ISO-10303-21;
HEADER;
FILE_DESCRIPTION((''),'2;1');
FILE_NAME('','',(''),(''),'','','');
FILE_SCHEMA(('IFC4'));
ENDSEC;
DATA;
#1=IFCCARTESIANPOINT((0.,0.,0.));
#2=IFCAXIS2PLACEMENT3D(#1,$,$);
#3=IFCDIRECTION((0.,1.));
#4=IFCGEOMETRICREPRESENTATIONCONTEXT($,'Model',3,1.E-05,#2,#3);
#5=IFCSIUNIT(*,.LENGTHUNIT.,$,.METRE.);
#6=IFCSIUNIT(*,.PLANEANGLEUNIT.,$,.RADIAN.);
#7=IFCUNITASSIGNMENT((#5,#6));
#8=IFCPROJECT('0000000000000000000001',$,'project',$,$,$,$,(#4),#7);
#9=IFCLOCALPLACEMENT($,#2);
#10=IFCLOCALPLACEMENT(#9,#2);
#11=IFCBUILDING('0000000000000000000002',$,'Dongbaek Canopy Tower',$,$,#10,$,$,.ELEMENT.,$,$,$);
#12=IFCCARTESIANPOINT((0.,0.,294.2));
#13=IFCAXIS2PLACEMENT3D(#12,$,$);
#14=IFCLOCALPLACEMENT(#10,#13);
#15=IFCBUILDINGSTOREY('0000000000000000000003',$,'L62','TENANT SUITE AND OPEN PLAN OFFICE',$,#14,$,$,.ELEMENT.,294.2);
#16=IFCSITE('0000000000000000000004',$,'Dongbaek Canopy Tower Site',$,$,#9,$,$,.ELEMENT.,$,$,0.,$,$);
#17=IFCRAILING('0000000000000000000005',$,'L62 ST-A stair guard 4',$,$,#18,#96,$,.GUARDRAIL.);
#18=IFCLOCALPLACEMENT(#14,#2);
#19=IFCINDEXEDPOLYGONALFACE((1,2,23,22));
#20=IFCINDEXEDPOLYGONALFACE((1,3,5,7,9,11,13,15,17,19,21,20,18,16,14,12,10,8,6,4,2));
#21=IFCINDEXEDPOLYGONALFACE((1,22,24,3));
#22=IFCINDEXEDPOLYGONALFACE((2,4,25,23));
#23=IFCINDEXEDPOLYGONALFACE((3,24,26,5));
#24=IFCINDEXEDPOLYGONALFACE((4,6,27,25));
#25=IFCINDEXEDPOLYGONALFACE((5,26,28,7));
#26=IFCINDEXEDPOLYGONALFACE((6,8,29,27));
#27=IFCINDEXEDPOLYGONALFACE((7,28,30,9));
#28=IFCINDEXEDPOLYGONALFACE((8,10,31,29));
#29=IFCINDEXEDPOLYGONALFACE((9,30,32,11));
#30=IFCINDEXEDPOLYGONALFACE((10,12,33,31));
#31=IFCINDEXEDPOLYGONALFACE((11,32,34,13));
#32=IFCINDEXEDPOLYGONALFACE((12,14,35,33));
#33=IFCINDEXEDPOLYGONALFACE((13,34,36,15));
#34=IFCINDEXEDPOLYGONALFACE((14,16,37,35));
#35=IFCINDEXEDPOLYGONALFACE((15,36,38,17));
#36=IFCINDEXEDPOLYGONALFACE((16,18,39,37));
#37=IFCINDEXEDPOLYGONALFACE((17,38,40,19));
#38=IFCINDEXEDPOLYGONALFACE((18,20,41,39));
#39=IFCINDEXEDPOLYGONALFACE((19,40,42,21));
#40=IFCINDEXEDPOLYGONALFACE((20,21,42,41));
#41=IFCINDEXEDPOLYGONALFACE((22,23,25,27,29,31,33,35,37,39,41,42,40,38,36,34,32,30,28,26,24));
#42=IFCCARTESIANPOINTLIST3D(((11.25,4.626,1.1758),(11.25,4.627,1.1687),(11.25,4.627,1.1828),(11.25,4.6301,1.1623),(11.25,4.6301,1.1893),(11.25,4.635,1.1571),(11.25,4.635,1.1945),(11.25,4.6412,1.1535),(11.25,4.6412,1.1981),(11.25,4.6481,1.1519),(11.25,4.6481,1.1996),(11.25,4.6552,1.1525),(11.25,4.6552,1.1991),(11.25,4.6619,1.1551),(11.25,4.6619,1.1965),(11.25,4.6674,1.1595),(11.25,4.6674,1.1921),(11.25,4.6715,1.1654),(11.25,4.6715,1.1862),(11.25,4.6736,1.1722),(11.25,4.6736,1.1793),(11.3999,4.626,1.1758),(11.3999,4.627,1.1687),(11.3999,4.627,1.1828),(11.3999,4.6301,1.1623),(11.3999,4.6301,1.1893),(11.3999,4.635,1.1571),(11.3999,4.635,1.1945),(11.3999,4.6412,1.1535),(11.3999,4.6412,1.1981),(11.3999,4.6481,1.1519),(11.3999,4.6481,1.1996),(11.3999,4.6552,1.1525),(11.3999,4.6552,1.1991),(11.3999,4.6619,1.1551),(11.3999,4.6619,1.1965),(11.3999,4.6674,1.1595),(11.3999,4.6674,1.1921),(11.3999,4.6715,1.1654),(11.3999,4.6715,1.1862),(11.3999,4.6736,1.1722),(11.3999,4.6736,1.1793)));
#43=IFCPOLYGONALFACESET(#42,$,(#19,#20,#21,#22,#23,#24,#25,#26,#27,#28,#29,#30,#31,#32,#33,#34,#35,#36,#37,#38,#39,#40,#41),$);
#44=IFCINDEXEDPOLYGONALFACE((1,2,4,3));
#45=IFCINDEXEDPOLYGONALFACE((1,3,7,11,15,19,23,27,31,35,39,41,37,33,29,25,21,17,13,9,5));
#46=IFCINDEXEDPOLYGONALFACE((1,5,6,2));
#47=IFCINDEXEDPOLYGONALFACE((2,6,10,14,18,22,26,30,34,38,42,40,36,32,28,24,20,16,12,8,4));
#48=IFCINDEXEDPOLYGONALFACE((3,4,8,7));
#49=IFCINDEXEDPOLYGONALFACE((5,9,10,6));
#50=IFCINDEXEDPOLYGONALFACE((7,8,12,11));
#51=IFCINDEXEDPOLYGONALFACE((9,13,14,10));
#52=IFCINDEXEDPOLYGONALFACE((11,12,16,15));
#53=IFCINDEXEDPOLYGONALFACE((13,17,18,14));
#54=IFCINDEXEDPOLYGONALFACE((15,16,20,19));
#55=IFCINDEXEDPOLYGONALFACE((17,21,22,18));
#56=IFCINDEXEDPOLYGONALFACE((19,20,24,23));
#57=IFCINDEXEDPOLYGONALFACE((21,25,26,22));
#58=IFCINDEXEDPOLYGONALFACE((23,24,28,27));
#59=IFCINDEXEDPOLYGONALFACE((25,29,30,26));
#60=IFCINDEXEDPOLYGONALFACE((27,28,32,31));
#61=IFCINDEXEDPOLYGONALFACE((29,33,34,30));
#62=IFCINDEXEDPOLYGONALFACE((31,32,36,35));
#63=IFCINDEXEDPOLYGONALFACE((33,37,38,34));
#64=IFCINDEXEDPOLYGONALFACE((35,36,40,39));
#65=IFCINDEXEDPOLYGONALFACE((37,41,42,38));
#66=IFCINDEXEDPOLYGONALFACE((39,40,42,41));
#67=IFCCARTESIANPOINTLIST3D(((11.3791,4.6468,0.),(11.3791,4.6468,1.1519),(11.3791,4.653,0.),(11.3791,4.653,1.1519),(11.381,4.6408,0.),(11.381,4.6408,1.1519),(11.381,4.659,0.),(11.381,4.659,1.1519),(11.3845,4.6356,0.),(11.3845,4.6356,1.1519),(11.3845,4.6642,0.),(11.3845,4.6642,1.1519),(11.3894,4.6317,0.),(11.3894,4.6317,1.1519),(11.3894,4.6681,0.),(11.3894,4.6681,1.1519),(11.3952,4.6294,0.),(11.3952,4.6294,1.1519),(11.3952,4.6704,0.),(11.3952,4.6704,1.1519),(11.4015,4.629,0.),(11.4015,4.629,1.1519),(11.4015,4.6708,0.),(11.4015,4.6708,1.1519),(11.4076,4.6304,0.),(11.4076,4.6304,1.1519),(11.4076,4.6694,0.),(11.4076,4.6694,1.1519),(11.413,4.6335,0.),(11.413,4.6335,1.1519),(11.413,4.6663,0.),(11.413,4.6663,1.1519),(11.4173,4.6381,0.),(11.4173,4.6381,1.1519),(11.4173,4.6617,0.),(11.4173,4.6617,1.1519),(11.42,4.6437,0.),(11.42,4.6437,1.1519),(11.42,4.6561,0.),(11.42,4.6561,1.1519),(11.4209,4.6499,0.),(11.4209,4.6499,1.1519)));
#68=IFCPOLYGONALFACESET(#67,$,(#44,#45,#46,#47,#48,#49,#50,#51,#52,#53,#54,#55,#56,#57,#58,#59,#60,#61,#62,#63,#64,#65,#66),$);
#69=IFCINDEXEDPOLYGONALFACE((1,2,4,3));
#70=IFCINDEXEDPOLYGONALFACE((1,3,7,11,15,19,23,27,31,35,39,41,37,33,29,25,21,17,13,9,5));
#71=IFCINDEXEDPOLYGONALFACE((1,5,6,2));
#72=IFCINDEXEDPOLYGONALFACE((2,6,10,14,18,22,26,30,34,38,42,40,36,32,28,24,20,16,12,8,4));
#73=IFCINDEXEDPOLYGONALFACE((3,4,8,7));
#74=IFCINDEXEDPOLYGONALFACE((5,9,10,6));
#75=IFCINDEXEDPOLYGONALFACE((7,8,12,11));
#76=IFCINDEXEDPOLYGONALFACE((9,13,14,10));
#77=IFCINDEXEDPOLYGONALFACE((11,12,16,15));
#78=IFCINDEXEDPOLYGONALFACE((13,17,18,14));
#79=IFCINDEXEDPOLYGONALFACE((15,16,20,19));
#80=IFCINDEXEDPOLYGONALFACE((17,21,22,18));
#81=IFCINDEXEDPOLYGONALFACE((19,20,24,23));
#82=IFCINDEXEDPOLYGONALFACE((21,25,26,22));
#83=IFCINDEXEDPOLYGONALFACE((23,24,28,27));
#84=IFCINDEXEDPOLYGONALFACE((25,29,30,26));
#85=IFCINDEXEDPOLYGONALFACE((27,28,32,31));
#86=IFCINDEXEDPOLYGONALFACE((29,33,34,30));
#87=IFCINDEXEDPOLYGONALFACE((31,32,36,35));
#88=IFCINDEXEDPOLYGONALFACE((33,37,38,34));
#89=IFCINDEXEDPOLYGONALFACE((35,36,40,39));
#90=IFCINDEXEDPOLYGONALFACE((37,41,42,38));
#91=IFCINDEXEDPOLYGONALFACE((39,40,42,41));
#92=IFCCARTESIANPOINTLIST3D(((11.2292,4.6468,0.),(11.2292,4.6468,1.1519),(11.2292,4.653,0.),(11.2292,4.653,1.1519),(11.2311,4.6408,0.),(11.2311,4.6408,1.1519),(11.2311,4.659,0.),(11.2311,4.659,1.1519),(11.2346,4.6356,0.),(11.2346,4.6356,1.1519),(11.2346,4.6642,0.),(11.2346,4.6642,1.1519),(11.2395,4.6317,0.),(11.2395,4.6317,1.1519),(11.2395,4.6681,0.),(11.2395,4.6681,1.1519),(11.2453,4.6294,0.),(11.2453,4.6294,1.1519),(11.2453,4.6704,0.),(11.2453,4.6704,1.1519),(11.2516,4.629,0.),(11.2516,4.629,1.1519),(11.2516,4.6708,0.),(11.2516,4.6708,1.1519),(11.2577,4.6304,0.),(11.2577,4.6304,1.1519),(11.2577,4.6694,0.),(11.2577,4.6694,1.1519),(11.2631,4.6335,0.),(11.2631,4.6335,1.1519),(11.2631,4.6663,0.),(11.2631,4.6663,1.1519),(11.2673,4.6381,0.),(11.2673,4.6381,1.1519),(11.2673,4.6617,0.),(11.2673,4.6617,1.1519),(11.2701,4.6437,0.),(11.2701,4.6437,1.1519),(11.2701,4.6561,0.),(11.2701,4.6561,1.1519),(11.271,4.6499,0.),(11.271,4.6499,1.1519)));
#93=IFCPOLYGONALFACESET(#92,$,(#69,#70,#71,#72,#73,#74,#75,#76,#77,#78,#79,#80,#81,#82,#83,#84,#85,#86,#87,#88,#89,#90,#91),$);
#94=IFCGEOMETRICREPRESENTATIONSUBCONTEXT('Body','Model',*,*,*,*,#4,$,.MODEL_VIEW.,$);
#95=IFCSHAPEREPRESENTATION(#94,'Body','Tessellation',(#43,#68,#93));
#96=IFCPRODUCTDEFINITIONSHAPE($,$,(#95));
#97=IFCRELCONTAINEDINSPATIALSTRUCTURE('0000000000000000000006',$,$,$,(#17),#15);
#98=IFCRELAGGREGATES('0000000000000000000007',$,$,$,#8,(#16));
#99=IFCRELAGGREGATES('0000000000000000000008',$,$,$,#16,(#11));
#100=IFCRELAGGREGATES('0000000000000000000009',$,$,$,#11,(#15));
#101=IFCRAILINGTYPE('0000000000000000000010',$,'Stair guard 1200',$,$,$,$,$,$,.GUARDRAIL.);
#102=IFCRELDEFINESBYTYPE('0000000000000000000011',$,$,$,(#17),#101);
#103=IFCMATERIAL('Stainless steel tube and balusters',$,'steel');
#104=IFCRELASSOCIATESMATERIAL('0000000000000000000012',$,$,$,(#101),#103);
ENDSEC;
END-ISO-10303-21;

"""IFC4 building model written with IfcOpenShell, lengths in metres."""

from ifc_helpers import new_model, si_unit, direction, frame, origin, origin_2d, place, context, subcontext, project, spatial, circle, extrude, material, type_object, element, save


model = new_model("IFC4")

# Units and contexts
model_context = context("Model", 3, precision=1e-05, world=origin(), true_north=direction((0.0, 1.0)))
body_context = subcontext(model_context, "Body", "Model", "MODEL_VIEW")
ifc_project = project(units=[si_unit("LENGTHUNIT", "METRE"), si_unit("PLANEANGLEUNIT", "RADIAN")], contexts=[model_context])

# Site, building, storey
site_placement = place(None, origin())
site = spatial("IfcSite", under=ifc_project, at=site_placement, Name="Dongbaek Canopy Tower Site", CompositionType="ELEMENT", RefElevation=0.0)
building_placement = place(site_placement, origin())
building = spatial("IfcBuilding", under=site, at=building_placement, Name="Dongbaek Canopy Tower", CompositionType="ELEMENT")
storey_placement = place(building_placement, frame((0.0, 0.0, 294.2)))
storey = spatial("IfcBuildingStorey", under=building, at=storey_placement, Name="L62", Description="TENANT SUITE AND OPEN PLAN OFFICE", CompositionType="ELEMENT", Elevation=294.2)

# Railing
ifc_material_1 = material(Name="Stainless steel tube and balusters", Category="steel")
railing_type_1 = type_object("IfcRailingType", Name="Stair guard 1200", PredefinedType="GUARDRAIL", material=ifc_material_1)
railing_1_placement = place(storey_placement, frame((11.3999, 4.6499, 0.0)))
element("IfcRailing", 1, at=railing_1_placement, inside=storey, type_object=railing_type_1, Name="L62 ST-A stair guard 4", PredefinedType="GUARDRAIL", context=body_context, shape_type="SweptSolid", body=[
    extrude(circle(Radius=0.0239, at=origin_2d()), frame((0.0, 0.0, 1.1758), z_axis=(-1.0, 0.0, 0.0), x_axis=(0.0, -1.0, 0.0)), (0.0, 0.0, 1.0), 0.1499),
    extrude(circle(Radius=0.021, at=origin_2d()), origin(), (0.0, 0.0, 1.0), 1.1519),
    extrude(circle(Radius=0.021, at=origin_2d()), frame((-0.1499, 0.0, 0.0)), (0.0, 0.0, 1.0), 1.1519),
])

save(model, "model.ifc")
